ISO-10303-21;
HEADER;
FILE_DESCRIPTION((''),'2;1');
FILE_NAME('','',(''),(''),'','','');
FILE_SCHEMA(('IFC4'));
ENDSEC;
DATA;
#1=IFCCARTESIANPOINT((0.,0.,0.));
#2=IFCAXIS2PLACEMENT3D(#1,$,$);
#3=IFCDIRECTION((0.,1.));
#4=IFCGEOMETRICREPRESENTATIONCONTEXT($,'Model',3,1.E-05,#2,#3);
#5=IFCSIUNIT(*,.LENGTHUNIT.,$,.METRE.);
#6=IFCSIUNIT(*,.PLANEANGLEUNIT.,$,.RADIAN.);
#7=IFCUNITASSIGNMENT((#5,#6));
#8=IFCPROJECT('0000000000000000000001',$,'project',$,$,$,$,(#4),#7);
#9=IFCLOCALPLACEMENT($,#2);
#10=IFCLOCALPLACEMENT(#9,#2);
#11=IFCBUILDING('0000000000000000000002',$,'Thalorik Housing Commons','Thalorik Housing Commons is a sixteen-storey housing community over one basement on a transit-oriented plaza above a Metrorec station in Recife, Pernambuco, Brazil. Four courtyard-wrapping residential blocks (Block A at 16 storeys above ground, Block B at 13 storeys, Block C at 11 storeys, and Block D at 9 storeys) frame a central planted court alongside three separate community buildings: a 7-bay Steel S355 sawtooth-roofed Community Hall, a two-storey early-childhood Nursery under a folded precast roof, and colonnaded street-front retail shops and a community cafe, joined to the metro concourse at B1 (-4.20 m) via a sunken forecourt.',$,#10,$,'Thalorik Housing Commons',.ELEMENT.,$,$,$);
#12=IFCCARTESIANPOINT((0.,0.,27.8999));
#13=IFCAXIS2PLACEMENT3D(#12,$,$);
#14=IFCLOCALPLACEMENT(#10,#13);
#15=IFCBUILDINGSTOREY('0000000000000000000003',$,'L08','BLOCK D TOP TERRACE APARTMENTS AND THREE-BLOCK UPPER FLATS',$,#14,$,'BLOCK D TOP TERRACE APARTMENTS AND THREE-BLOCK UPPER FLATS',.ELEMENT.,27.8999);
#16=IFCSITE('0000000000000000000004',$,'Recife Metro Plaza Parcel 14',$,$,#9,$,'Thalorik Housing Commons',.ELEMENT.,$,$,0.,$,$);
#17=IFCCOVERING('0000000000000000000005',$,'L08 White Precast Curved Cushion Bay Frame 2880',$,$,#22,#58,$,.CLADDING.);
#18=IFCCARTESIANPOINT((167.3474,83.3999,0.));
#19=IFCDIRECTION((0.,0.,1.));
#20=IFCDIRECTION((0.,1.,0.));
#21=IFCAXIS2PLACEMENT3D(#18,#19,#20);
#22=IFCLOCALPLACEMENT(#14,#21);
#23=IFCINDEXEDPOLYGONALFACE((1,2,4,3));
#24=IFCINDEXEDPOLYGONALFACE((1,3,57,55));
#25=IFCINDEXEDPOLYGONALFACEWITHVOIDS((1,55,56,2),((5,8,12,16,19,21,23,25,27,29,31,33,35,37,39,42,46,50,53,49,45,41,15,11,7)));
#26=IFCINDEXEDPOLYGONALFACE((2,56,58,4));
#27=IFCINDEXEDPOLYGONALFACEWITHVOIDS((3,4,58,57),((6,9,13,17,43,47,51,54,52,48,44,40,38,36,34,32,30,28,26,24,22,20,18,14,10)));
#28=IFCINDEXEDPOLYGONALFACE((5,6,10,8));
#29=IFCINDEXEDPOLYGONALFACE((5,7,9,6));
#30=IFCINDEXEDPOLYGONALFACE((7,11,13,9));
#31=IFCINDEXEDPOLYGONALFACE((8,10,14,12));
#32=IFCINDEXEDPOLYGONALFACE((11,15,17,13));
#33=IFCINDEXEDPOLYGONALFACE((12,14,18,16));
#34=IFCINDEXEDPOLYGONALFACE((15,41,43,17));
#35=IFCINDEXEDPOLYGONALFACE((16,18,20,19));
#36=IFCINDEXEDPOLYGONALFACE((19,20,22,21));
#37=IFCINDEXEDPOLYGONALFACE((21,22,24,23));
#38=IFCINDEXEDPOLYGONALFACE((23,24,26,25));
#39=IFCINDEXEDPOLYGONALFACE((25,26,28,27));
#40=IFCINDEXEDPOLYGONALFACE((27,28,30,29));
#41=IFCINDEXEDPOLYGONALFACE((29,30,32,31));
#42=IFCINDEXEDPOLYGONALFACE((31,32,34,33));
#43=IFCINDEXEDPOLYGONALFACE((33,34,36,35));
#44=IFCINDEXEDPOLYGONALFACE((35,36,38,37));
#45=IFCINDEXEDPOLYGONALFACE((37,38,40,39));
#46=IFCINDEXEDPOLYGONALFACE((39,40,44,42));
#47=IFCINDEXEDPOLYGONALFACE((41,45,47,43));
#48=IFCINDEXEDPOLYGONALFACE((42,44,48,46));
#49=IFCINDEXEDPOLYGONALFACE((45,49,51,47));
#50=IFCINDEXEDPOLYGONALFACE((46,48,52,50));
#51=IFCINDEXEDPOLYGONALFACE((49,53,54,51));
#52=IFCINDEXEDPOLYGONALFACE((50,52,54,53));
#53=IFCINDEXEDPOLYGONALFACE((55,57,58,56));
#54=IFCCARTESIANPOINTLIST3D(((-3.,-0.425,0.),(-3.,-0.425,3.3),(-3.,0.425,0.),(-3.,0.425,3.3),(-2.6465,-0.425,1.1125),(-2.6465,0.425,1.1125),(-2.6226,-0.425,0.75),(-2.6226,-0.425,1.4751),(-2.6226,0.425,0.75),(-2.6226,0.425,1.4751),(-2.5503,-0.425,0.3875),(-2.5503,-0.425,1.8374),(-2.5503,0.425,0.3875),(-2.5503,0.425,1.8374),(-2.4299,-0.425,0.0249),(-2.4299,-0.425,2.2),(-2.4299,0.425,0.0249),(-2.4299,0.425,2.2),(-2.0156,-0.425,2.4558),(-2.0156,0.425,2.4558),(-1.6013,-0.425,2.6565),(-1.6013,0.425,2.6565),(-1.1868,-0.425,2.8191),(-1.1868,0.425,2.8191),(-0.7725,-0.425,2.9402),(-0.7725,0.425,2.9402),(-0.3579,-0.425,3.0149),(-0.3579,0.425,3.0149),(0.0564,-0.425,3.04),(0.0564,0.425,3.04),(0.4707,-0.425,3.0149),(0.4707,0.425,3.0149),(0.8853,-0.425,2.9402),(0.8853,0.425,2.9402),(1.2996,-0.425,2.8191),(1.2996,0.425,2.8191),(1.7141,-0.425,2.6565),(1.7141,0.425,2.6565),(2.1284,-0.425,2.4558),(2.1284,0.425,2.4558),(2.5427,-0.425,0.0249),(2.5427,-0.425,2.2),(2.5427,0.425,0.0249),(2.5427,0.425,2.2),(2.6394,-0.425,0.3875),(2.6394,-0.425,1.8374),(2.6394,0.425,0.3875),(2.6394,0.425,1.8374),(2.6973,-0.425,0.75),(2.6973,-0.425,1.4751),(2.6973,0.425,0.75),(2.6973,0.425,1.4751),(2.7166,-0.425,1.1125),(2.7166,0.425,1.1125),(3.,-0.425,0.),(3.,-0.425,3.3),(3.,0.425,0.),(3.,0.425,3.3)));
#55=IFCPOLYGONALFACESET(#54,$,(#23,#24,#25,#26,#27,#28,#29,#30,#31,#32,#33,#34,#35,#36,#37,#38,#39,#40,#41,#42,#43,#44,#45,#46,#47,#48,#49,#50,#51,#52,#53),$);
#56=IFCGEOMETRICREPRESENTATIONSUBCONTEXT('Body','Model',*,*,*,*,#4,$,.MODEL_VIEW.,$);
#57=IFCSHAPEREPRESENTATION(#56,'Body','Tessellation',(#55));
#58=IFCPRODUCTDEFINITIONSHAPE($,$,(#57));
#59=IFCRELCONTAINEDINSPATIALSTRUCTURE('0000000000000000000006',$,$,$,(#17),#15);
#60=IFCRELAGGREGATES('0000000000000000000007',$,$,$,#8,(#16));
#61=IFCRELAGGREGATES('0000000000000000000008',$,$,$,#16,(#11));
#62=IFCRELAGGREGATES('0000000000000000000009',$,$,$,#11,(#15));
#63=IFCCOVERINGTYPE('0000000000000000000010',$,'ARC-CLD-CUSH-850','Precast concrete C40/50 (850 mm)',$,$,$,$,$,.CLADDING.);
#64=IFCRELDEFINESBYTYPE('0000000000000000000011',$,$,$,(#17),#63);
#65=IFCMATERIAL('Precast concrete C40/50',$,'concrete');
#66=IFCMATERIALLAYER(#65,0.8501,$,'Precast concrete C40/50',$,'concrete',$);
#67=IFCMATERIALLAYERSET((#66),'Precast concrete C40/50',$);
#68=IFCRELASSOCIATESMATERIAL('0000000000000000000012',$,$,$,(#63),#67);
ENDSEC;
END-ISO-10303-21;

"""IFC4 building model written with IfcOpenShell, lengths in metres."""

from ifc_helpers import new_model, si_unit, direction, frame, origin, place, context, subcontext, project, spatial, polyline, outline, extrude, material, layer, layer_set, type_object, element, save


model = new_model("IFC4")

# Units and contexts
model_context = context("Model", 3, precision=1e-05, world=origin(), true_north=direction((0.0, 1.0)))
body_context = subcontext(model_context, "Body", "Model", "MODEL_VIEW")
ifc_project = project(units=[si_unit("LENGTHUNIT", "METRE"), si_unit("PLANEANGLEUNIT", "RADIAN")], contexts=[model_context])

# Site, building, storey
site_placement = place(None, origin())
site = spatial("IfcSite", under=ifc_project, at=site_placement, Name="Recife Metro Plaza Parcel 14", LongName="Thalorik Housing Commons", CompositionType="ELEMENT", RefElevation=0.0)
building_placement = place(site_placement, origin())
building = spatial("IfcBuilding", under=site, at=building_placement, Name="Thalorik Housing Commons", Description="Thalorik Housing Commons is a sixteen-storey housing community over one basement on a transit-oriented plaza above a Metrorec station in Recife, Pernambuco, Brazil. Four courtyard-wrapping residential blocks (Block A at 16 storeys above ground, Block B at 13 storeys, Block C at 11 storeys, and Block D at 9 storeys) frame a central planted court alongside three separate community buildings: a 7-bay Steel S355 sawtooth-roofed Community Hall, a two-storey early-childhood Nursery under a folded precast roof, and colonnaded street-front retail shops and a community cafe, joined to the metro concourse at B1 (-4.20 m) via a sunken forecourt.", LongName="Thalorik Housing Commons", CompositionType="ELEMENT")
storey_placement = place(building_placement, frame((0.0, 0.0, 27.8999)))
storey = spatial("IfcBuildingStorey", under=building, at=storey_placement, Name="L08", Description="BLOCK D TOP TERRACE APARTMENTS AND THREE-BLOCK UPPER FLATS", LongName="BLOCK D TOP TERRACE APARTMENTS AND THREE-BLOCK UPPER FLATS", CompositionType="ELEMENT", Elevation=27.8999)

# Shared definitions
ifc_material_1 = material(Name="Precast concrete C40/50", Category="concrete")

# Covering
ifc_layer_1 = layer(ifc_material_1, 0.8501, Name="Precast concrete C40/50", Category="concrete")
ifc_layer_set_1 = layer_set([ifc_layer_1], Name="Precast concrete C40/50")
covering_type_1 = type_object("IfcCoveringType", Name="ARC-CLD-CUSH-850", Description="Precast concrete C40/50 (850 mm)", PredefinedType="CLADDING", material=ifc_layer_set_1)
covering_1_placement = place(storey_placement, frame((167.3474, 83.3999, 0.0), z_axis=(0.0, 0.0, 1.0), x_axis=(0.0, 1.0, 0.0)))
element("IfcCovering", 1, at=covering_1_placement, inside=storey, type_object=covering_type_1, Name="L08 White Precast Curved Cushion Bay Frame 2880", PredefinedType="CLADDING", context=body_context, shape_type="SweptSolid", body=[
    extrude(outline(polyline([(-3.0, 0.0), (3.0, 0.0), (3.0, 3.3), (-3.0, 3.3), (-3.0, 0.0)]), holes=[polyline([(2.5427, 0.0249), (2.6394, 0.3875), (2.6973, 0.75), (2.7166, 1.1125), (2.6973, 1.4751), (2.6394, 1.8374), (2.5427, 2.2), (2.1284, 2.4558), (1.7141, 2.6565), (1.2996, 2.8191), (0.8853, 2.9402), (0.4707, 3.0149), (0.0564, 3.04), (-0.3579, 3.0149), (-0.7725, 2.9402), (-1.1868, 2.8191), (-1.6013, 2.6565), (-2.0156, 2.4558), (-2.4299, 2.2), (-2.5503, 1.8374), (-2.6226, 1.4751), (-2.6465, 1.1125), (-2.6226, 0.75), (-2.5503, 0.3875), (-2.4299, 0.0249), (2.5427, 0.0249)])]), frame((0.0, 0.425, 0.0), z_axis=(0.0, -1.0, 0.0), x_axis=(1.0, 0.0, 0.0)), (0.0, 0.0, 1.0), 0.8501),
])

save(model, "model.ifc")
